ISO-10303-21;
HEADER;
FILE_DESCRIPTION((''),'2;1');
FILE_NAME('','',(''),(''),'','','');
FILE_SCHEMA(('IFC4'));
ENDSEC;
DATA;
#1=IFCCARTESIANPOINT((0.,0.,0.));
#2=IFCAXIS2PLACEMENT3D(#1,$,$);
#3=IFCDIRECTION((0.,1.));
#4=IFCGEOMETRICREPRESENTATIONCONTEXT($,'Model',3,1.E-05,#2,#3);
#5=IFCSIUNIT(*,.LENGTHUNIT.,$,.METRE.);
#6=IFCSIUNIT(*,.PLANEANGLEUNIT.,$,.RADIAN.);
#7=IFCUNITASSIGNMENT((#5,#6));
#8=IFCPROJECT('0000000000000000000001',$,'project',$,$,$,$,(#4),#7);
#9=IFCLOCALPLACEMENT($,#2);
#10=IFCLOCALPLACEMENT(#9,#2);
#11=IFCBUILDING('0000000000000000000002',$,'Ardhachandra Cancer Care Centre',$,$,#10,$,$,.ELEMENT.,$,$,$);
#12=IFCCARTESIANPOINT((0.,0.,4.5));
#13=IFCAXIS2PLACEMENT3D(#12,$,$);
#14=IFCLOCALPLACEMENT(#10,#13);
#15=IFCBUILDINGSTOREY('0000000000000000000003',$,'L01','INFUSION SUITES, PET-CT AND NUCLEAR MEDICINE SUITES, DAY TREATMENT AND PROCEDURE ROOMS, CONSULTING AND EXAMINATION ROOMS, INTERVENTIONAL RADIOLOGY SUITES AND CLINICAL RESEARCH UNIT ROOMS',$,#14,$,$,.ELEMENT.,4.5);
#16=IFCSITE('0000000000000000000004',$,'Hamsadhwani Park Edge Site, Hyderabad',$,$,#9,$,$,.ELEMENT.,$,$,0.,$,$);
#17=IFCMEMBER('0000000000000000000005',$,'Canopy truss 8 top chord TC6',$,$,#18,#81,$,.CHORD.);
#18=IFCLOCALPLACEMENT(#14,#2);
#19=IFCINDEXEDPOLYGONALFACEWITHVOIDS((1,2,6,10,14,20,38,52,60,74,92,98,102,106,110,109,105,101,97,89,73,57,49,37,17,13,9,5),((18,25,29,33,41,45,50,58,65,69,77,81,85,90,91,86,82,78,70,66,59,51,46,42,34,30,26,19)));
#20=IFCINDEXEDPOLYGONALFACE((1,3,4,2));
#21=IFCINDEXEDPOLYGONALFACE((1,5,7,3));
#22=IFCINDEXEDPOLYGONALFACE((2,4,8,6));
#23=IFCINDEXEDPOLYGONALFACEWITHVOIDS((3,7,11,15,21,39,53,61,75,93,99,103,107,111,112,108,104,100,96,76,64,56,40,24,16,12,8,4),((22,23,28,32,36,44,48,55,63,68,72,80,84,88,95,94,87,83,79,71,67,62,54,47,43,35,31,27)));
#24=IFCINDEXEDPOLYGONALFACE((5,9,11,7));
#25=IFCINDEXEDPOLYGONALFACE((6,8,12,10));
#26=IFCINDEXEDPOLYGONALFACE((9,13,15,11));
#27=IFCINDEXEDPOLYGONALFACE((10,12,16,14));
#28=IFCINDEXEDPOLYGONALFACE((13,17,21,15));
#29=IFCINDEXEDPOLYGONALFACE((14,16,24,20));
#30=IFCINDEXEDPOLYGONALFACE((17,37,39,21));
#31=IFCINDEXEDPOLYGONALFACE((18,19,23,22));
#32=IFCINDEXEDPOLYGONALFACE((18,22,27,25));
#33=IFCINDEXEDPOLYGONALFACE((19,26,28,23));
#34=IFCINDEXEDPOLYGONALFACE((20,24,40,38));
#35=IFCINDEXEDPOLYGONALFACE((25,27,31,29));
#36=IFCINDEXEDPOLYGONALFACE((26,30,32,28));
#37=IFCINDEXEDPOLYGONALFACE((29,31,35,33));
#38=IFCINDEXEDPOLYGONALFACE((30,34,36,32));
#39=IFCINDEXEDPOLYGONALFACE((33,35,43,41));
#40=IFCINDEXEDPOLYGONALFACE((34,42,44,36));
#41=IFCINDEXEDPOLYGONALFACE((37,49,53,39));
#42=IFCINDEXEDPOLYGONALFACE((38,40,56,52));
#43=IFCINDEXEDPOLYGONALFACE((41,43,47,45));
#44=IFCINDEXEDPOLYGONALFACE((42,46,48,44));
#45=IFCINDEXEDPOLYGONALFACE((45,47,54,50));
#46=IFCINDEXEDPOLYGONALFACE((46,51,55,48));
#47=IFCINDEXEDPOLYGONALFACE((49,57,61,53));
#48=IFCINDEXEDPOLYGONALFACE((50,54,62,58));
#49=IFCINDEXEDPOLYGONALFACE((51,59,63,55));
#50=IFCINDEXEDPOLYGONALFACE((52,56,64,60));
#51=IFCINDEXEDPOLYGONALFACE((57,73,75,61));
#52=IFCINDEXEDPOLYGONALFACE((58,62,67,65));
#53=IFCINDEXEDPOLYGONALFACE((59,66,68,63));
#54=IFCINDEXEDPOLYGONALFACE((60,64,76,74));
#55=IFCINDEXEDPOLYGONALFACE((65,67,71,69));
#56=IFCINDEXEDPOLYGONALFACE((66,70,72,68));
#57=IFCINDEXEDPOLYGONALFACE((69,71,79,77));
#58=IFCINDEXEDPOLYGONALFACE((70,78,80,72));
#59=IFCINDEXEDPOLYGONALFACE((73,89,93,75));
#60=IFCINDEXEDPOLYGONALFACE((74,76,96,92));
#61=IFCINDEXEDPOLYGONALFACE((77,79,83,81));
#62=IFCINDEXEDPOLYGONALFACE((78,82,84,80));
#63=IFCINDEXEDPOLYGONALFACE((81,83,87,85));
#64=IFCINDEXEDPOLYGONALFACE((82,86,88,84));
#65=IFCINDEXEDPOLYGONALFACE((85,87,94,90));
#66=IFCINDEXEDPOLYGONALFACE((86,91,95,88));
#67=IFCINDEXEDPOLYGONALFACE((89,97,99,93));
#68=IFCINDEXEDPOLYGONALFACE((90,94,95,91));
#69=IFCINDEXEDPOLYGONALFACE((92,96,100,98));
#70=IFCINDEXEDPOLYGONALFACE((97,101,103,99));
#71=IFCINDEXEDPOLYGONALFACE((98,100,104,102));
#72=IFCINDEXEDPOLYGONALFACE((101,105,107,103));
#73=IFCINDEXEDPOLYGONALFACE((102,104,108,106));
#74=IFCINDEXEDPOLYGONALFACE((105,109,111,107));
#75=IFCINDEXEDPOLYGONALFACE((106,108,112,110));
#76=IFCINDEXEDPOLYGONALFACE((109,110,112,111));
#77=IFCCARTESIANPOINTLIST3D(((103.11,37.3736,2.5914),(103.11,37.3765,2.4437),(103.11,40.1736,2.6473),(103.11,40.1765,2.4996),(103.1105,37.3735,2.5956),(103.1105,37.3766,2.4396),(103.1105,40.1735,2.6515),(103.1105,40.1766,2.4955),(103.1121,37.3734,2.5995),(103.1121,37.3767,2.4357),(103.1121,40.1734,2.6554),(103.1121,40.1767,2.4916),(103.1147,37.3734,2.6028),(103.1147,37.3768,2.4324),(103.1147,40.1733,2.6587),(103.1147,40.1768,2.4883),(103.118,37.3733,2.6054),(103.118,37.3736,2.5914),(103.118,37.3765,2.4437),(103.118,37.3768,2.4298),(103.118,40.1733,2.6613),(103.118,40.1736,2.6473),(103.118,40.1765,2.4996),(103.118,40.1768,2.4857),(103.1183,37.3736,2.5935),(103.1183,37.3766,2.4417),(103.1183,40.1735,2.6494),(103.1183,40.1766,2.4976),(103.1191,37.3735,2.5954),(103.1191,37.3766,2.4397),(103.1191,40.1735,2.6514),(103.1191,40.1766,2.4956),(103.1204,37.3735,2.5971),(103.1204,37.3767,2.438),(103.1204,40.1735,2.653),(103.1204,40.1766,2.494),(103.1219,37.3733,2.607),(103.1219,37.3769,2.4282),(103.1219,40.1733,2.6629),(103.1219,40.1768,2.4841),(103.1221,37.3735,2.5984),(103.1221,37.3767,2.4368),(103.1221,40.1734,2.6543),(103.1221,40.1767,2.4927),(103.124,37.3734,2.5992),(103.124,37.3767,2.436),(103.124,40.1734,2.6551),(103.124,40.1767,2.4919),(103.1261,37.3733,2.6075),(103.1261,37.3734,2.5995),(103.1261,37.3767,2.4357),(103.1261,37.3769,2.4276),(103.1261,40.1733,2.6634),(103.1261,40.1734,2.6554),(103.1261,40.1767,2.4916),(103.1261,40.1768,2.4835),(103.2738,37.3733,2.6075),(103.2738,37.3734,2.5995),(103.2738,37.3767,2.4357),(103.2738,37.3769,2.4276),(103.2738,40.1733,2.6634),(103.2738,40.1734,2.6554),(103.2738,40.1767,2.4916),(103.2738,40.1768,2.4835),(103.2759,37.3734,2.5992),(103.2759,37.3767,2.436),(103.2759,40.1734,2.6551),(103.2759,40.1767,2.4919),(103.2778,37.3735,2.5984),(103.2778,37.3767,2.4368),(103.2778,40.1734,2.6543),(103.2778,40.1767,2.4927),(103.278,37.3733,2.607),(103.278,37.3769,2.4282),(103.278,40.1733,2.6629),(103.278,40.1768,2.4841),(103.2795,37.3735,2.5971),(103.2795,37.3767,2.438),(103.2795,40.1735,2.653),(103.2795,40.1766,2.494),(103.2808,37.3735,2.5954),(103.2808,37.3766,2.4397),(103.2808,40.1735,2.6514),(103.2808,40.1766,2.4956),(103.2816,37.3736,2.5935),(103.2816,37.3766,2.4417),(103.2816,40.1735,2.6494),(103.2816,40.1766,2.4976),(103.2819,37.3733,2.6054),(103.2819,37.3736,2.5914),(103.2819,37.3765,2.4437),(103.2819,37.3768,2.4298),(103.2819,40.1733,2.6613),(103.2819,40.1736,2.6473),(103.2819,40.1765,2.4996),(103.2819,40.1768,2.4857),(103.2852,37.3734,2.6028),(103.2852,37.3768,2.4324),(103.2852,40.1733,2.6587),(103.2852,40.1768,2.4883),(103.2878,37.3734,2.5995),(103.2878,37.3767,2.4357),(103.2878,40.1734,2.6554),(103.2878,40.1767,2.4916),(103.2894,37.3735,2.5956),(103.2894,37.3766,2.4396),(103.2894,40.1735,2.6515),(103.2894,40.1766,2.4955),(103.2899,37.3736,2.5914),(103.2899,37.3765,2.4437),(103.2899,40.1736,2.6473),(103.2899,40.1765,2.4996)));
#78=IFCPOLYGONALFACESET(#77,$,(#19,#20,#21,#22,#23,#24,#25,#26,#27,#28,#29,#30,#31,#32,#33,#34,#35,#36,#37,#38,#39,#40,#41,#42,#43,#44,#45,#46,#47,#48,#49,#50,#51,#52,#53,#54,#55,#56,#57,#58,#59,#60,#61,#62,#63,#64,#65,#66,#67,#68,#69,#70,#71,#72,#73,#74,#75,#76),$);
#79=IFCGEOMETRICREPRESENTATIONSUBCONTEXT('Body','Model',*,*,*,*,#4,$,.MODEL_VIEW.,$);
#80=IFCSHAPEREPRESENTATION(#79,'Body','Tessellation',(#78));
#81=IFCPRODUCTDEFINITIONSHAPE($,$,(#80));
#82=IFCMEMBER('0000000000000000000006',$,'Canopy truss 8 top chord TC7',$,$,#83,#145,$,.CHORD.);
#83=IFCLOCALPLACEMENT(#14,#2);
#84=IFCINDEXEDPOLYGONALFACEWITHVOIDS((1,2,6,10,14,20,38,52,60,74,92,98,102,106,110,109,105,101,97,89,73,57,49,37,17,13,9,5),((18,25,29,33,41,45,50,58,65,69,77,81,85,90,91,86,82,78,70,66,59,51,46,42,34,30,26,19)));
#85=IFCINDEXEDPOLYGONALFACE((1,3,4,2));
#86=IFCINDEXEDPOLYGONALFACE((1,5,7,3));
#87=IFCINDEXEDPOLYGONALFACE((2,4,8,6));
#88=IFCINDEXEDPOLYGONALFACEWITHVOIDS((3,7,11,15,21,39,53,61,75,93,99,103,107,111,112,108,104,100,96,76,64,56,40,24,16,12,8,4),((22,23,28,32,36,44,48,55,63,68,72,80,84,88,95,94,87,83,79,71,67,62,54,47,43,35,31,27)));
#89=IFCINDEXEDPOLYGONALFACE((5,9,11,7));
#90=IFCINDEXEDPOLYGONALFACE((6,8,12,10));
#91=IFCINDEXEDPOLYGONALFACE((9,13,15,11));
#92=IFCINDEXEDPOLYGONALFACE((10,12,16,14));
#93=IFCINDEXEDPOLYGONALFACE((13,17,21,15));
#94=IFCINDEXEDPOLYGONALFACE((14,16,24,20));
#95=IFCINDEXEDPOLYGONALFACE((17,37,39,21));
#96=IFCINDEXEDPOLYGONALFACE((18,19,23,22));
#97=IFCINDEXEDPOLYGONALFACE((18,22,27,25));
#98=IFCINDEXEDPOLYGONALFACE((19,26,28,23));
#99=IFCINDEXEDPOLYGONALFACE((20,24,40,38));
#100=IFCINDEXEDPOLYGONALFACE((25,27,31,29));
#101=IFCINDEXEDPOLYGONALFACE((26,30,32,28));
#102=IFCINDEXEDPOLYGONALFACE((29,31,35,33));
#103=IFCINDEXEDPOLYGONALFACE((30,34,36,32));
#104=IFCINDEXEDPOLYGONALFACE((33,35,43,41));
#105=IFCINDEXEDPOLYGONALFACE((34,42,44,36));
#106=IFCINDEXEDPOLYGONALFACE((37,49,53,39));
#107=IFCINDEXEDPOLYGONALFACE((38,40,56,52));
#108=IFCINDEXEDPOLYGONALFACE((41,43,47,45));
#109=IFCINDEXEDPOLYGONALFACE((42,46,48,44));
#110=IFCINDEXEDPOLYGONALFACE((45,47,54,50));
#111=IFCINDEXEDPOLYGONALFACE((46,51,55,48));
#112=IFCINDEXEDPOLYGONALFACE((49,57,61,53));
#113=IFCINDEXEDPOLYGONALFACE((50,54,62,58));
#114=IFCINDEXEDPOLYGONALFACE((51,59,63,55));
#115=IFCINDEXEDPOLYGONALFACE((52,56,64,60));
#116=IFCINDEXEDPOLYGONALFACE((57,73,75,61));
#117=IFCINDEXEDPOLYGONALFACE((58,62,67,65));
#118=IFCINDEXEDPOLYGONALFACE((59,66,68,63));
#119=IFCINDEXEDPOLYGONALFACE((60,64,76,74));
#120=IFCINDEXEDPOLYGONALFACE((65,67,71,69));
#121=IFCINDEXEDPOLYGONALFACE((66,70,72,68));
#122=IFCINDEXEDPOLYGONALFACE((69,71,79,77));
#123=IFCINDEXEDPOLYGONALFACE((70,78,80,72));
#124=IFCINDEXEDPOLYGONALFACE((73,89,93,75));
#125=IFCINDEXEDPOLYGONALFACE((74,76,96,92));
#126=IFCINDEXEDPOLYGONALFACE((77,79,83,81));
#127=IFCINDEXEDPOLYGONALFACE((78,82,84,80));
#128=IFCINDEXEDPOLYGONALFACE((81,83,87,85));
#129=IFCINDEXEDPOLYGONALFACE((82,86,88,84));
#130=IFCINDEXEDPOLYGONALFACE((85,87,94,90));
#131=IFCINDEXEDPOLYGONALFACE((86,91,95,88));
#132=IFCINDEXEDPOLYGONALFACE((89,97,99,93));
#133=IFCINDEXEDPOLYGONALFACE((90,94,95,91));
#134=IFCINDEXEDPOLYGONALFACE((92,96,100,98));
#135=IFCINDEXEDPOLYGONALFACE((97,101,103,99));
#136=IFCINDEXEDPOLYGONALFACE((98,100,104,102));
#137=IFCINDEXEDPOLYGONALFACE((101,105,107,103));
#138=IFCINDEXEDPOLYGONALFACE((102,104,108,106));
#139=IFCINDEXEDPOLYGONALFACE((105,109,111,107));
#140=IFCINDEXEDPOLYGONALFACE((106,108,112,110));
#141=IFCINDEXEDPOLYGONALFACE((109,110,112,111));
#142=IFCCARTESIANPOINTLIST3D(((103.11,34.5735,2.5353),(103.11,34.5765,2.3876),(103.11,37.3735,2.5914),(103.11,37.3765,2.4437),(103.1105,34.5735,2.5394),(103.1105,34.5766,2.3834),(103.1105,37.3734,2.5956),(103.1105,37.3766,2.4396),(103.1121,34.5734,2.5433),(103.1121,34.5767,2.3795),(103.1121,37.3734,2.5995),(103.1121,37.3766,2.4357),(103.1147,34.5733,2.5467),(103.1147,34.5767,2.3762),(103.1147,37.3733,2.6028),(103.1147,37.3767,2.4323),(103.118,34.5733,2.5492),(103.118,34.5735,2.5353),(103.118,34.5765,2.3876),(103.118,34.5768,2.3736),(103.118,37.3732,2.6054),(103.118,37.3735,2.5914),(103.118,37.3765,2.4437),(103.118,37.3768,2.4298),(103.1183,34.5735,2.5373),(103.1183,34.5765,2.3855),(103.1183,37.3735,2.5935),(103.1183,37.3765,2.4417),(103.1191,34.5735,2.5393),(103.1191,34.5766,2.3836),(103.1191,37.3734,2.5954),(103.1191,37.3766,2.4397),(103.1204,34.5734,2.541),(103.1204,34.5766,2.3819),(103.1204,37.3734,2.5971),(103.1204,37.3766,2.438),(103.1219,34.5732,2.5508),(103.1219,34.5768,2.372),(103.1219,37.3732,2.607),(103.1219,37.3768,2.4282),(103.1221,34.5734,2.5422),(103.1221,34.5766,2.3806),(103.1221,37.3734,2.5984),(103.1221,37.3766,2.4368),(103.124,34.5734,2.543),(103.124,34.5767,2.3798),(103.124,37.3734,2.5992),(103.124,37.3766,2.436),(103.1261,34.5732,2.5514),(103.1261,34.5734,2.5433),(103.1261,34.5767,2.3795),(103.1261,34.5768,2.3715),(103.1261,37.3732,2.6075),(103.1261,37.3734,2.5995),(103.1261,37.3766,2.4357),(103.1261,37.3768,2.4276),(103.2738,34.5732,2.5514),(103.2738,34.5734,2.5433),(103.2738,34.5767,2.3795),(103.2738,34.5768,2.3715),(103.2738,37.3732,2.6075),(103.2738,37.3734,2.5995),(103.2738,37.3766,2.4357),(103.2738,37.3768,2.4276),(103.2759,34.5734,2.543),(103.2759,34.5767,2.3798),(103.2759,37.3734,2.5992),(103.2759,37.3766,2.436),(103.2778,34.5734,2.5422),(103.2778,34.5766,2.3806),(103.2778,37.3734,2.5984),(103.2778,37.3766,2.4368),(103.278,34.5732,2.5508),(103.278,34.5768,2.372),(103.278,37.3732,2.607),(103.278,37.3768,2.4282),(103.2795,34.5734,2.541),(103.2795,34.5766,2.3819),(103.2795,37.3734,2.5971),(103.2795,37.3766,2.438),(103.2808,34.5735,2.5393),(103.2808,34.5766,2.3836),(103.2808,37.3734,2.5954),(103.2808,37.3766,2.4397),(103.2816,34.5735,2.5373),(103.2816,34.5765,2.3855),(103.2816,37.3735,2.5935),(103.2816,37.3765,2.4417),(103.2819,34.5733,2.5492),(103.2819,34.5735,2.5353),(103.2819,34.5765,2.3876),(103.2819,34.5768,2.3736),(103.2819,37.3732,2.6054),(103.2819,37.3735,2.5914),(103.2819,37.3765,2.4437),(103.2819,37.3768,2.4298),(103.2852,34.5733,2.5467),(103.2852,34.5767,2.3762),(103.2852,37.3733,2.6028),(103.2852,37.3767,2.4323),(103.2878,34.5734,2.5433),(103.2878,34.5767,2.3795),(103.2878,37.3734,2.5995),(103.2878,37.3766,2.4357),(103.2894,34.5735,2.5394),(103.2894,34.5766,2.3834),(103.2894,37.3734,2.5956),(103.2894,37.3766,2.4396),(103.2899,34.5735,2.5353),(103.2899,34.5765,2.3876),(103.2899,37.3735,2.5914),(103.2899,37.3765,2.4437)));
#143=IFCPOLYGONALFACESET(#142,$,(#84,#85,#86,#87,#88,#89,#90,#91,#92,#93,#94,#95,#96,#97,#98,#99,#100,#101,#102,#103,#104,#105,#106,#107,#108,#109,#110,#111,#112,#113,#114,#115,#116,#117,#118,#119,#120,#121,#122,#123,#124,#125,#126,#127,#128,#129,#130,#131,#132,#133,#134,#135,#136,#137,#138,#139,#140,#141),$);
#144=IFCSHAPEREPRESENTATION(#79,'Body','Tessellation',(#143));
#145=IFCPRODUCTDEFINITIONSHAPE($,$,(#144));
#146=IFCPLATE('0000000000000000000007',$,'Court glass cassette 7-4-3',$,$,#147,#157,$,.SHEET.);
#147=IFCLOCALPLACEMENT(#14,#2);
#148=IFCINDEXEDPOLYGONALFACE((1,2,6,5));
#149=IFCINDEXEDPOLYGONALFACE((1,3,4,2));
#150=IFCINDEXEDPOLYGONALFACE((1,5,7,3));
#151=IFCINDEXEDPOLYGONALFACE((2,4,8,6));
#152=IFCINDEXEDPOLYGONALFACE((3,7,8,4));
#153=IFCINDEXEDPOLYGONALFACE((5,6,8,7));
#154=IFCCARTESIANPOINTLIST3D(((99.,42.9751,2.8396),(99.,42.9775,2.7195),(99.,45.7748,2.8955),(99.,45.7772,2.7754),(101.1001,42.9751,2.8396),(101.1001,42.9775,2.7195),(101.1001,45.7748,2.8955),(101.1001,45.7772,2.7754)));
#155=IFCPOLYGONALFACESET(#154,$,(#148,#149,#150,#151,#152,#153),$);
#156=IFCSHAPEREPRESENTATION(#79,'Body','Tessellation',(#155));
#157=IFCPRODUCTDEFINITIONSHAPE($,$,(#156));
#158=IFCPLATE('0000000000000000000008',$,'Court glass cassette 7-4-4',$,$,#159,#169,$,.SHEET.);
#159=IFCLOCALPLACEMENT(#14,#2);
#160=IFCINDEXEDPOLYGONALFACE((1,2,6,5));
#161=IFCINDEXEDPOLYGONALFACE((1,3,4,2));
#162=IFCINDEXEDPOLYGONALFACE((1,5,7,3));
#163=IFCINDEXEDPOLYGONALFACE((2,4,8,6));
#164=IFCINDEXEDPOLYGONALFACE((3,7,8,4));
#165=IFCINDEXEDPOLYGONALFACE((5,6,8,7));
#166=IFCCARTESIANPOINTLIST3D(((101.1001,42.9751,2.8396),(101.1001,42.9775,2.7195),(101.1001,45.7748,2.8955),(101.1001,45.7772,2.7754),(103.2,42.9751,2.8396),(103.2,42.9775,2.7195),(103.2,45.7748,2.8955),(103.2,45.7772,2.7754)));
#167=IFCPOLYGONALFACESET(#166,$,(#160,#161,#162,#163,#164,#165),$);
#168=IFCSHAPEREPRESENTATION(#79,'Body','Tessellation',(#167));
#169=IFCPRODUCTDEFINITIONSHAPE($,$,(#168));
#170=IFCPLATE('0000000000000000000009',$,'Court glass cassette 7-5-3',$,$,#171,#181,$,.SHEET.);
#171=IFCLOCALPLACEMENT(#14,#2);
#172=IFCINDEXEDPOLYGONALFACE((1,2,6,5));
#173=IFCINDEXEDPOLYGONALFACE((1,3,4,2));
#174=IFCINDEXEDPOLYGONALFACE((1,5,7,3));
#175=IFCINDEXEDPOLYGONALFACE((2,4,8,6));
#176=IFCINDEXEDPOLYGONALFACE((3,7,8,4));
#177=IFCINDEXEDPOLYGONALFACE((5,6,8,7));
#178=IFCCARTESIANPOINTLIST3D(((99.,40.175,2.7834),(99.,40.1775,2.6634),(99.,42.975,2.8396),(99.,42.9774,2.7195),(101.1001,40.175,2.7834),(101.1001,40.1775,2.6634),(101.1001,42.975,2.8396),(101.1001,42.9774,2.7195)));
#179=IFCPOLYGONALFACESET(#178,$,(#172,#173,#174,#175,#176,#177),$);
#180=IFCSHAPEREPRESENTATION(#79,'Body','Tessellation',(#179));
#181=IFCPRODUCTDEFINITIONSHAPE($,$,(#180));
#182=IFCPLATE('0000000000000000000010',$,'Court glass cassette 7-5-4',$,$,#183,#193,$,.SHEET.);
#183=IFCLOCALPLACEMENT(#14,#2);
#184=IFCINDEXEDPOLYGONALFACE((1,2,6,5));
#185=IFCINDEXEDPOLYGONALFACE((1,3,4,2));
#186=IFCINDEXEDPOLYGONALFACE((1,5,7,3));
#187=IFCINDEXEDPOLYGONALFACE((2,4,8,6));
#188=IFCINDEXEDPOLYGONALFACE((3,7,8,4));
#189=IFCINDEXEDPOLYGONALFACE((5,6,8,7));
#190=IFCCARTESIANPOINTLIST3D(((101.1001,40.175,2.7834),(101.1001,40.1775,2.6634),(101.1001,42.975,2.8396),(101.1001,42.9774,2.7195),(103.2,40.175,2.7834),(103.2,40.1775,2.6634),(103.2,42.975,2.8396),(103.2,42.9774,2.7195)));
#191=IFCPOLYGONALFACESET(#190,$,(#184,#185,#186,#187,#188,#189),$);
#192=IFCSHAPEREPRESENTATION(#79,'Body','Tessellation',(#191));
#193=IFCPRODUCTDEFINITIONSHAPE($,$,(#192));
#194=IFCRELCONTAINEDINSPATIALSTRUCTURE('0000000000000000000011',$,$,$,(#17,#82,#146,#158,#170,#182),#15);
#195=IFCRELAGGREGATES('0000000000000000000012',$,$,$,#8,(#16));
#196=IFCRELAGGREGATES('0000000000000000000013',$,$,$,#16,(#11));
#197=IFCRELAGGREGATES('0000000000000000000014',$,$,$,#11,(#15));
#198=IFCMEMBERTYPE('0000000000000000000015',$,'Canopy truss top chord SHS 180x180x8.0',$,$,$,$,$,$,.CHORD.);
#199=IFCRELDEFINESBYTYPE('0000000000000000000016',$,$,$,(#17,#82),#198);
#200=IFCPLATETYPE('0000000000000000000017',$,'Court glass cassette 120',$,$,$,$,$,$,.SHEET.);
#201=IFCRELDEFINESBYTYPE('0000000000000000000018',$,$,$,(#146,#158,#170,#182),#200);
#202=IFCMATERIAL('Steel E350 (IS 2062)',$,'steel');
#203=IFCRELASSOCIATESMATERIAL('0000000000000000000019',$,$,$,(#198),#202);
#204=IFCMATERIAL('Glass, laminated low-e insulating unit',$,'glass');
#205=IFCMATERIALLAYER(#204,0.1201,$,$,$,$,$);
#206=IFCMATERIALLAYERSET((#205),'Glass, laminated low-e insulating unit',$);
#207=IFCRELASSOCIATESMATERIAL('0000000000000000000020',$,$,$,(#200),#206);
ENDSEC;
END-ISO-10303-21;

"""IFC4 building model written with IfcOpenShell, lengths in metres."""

from ifc_helpers import new_model, si_unit, direction, frame, origin, origin_2d, place, context, subcontext, project, spatial, polyline, hollow_rectangle, outline, extrude, material, layer, layer_set, material_profile, profile_set, type_object, element, save


model = new_model("IFC4")

# Units and contexts
model_context = context("Model", 3, precision=1e-05, world=origin(), true_north=direction((0.0, 1.0)))
body_context = subcontext(model_context, "Body", "Model", "MODEL_VIEW")
ifc_project = project(units=[si_unit("LENGTHUNIT", "METRE"), si_unit("PLANEANGLEUNIT", "RADIAN")], contexts=[model_context])

# Site, building, storey
site_placement = place(None, origin())
site = spatial("IfcSite", under=ifc_project, at=site_placement, Name="Hamsadhwani Park Edge Site, Hyderabad", CompositionType="ELEMENT", RefElevation=0.0)
building_placement = place(site_placement, origin())
building = spatial("IfcBuilding", under=site, at=building_placement, Name="Ardhachandra Cancer Care Centre", CompositionType="ELEMENT")
storey_placement = place(building_placement, frame((0.0, 0.0, 4.5)))
storey = spatial("IfcBuildingStorey", under=building, at=storey_placement, Name="L01", Description="INFUSION SUITES, PET-CT AND NUCLEAR MEDICINE SUITES, DAY TREATMENT AND PROCEDURE ROOMS, CONSULTING AND EXAMINATION ROOMS, INTERVENTIONAL RADIOLOGY SUITES AND CLINICAL RESEARCH UNIT ROOMS", CompositionType="ELEMENT", Elevation=4.5)

# Members
ifc_material_1 = material(Name="Steel E350 (IS 2062)", Category="steel")
ifc_material_profile_1 = material_profile(ifc_material_1, hollow_rectangle(XDim=0.1799, YDim=0.1799, WallThickness=0.0081, InnerFilletRadius=0.0081, OuterFilletRadius=0.0161, at=origin_2d()), Name="SHS 180x180x8.0")
ifc_profile_set_1 = profile_set([ifc_material_profile_1], Name="Steel E350 (IS 2062)")
member_type_1 = type_object("IfcMemberType", Name="Canopy truss top chord SHS 180x180x8.0", PredefinedType="CHORD", material=ifc_profile_set_1)
for number, where, z_axis, x_axis, name in (
    (1, (103.2, 40.175, 2.5735), (0.0, -0.999801, -0.019963), (1.0, 0.0, 0.0), "Canopy truss 8 top chord TC6"),
    (2, (103.2, 37.375, 2.5176), (0.0, -0.999799, -0.02005), (1.0, 0.0, 0.0), "Canopy truss 8 top chord TC7"),
):
    element("IfcMember", number, at=place(storey_placement, frame(where, z_axis=z_axis, x_axis=x_axis)), inside=storey, type_object=member_type_1, Name=name, PredefinedType="CHORD", context=body_context, shape_type="SweptSolid", body=[
        extrude(hollow_rectangle(XDim=0.1799, YDim=0.1799, WallThickness=0.0081, InnerFilletRadius=0.0081, OuterFilletRadius=0.0161, at=origin_2d()), origin(), (0.0, 0.0, 1.0), 2.8005),
    ])

# Plates
ifc_material_2 = material(Name="Glass, laminated low-e insulating unit", Category="glass")
ifc_layer = layer(ifc_material_2, 0.1201)
ifc_layer_set = layer_set([ifc_layer], Name="Glass, laminated low-e insulating unit")
plate_type = type_object("IfcPlateType", Name="Court glass cassette 120", PredefinedType="SHEET", material=ifc_layer_set)
plate_1_placement = place(storey_placement, frame((99.0, 42.9751, 2.8396), z_axis=(0.0, -0.019965, 0.999801), x_axis=(0.0, 0.999801, 0.019965)))
element("IfcPlate", 3, at=plate_1_placement, inside=storey, type_object=plate_type, Name="Court glass cassette 7-4-3", PredefinedType="SHEET", context=body_context, shape_type="SweptSolid", body=[
    extrude(outline(polyline([(0.0, -2.1001), (2.8003, -2.1001), (2.8003, 0.0), (0.0, 0.0), (0.0, -2.1001)])), frame((0.0, 0.0, -0.1201)), (0.0, 0.0, 1.0), 0.1201),
])
plate_2_placement = place(storey_placement, frame((101.1001, 42.9751, 2.8396), z_axis=(0.0, -0.019965, 0.999801), x_axis=(0.0, 0.999801, 0.019965)))
element("IfcPlate", 4, at=plate_2_placement, inside=storey, type_object=plate_type, Name="Court glass cassette 7-4-4", PredefinedType="SHEET", context=body_context, shape_type="SweptSolid", body=[
    extrude(outline(polyline([(0.0, -2.0999), (2.8003, -2.0999), (2.8003, 0.0), (0.0, 0.0), (0.0, -2.0999)])), frame((0.0, 0.0, -0.1201)), (0.0, 0.0, 1.0), 0.1201),
])
plate_3_placement = place(storey_placement, frame((99.0, 40.175, 2.7834), z_axis=(0.0, -0.02005, 0.999799), x_axis=(0.0, 0.999799, 0.02005)))
element("IfcPlate", 5, at=plate_3_placement, inside=storey, type_object=plate_type, Name="Court glass cassette 7-5-3", PredefinedType="SHEET", context=body_context, shape_type="SweptSolid", body=[
    extrude(outline(polyline([(0.0, -2.1001), (2.8005, -2.1001), (2.8005, 0.0), (0.0, 0.0), (0.0, -2.1001)])), frame((0.0, 0.0, -0.1201)), (0.0, 0.0, 1.0), 0.1201),
])
plate_4_placement = place(storey_placement, frame((101.1001, 40.175, 2.7834), z_axis=(0.0, -0.02005, 0.999799), x_axis=(0.0, 0.999799, 0.02005)))
element("IfcPlate", 6, at=plate_4_placement, inside=storey, type_object=plate_type, Name="Court glass cassette 7-5-4", PredefinedType="SHEET", context=body_context, shape_type="SweptSolid", body=[
    extrude(outline(polyline([(0.0, -2.0999), (2.8005, -2.0999), (2.8005, 0.0), (0.0, 0.0), (0.0, -2.0999)])), frame((0.0, 0.0, -0.1201)), (0.0, 0.0, 1.0), 0.1201),
])

save(model, "model.ifc")
